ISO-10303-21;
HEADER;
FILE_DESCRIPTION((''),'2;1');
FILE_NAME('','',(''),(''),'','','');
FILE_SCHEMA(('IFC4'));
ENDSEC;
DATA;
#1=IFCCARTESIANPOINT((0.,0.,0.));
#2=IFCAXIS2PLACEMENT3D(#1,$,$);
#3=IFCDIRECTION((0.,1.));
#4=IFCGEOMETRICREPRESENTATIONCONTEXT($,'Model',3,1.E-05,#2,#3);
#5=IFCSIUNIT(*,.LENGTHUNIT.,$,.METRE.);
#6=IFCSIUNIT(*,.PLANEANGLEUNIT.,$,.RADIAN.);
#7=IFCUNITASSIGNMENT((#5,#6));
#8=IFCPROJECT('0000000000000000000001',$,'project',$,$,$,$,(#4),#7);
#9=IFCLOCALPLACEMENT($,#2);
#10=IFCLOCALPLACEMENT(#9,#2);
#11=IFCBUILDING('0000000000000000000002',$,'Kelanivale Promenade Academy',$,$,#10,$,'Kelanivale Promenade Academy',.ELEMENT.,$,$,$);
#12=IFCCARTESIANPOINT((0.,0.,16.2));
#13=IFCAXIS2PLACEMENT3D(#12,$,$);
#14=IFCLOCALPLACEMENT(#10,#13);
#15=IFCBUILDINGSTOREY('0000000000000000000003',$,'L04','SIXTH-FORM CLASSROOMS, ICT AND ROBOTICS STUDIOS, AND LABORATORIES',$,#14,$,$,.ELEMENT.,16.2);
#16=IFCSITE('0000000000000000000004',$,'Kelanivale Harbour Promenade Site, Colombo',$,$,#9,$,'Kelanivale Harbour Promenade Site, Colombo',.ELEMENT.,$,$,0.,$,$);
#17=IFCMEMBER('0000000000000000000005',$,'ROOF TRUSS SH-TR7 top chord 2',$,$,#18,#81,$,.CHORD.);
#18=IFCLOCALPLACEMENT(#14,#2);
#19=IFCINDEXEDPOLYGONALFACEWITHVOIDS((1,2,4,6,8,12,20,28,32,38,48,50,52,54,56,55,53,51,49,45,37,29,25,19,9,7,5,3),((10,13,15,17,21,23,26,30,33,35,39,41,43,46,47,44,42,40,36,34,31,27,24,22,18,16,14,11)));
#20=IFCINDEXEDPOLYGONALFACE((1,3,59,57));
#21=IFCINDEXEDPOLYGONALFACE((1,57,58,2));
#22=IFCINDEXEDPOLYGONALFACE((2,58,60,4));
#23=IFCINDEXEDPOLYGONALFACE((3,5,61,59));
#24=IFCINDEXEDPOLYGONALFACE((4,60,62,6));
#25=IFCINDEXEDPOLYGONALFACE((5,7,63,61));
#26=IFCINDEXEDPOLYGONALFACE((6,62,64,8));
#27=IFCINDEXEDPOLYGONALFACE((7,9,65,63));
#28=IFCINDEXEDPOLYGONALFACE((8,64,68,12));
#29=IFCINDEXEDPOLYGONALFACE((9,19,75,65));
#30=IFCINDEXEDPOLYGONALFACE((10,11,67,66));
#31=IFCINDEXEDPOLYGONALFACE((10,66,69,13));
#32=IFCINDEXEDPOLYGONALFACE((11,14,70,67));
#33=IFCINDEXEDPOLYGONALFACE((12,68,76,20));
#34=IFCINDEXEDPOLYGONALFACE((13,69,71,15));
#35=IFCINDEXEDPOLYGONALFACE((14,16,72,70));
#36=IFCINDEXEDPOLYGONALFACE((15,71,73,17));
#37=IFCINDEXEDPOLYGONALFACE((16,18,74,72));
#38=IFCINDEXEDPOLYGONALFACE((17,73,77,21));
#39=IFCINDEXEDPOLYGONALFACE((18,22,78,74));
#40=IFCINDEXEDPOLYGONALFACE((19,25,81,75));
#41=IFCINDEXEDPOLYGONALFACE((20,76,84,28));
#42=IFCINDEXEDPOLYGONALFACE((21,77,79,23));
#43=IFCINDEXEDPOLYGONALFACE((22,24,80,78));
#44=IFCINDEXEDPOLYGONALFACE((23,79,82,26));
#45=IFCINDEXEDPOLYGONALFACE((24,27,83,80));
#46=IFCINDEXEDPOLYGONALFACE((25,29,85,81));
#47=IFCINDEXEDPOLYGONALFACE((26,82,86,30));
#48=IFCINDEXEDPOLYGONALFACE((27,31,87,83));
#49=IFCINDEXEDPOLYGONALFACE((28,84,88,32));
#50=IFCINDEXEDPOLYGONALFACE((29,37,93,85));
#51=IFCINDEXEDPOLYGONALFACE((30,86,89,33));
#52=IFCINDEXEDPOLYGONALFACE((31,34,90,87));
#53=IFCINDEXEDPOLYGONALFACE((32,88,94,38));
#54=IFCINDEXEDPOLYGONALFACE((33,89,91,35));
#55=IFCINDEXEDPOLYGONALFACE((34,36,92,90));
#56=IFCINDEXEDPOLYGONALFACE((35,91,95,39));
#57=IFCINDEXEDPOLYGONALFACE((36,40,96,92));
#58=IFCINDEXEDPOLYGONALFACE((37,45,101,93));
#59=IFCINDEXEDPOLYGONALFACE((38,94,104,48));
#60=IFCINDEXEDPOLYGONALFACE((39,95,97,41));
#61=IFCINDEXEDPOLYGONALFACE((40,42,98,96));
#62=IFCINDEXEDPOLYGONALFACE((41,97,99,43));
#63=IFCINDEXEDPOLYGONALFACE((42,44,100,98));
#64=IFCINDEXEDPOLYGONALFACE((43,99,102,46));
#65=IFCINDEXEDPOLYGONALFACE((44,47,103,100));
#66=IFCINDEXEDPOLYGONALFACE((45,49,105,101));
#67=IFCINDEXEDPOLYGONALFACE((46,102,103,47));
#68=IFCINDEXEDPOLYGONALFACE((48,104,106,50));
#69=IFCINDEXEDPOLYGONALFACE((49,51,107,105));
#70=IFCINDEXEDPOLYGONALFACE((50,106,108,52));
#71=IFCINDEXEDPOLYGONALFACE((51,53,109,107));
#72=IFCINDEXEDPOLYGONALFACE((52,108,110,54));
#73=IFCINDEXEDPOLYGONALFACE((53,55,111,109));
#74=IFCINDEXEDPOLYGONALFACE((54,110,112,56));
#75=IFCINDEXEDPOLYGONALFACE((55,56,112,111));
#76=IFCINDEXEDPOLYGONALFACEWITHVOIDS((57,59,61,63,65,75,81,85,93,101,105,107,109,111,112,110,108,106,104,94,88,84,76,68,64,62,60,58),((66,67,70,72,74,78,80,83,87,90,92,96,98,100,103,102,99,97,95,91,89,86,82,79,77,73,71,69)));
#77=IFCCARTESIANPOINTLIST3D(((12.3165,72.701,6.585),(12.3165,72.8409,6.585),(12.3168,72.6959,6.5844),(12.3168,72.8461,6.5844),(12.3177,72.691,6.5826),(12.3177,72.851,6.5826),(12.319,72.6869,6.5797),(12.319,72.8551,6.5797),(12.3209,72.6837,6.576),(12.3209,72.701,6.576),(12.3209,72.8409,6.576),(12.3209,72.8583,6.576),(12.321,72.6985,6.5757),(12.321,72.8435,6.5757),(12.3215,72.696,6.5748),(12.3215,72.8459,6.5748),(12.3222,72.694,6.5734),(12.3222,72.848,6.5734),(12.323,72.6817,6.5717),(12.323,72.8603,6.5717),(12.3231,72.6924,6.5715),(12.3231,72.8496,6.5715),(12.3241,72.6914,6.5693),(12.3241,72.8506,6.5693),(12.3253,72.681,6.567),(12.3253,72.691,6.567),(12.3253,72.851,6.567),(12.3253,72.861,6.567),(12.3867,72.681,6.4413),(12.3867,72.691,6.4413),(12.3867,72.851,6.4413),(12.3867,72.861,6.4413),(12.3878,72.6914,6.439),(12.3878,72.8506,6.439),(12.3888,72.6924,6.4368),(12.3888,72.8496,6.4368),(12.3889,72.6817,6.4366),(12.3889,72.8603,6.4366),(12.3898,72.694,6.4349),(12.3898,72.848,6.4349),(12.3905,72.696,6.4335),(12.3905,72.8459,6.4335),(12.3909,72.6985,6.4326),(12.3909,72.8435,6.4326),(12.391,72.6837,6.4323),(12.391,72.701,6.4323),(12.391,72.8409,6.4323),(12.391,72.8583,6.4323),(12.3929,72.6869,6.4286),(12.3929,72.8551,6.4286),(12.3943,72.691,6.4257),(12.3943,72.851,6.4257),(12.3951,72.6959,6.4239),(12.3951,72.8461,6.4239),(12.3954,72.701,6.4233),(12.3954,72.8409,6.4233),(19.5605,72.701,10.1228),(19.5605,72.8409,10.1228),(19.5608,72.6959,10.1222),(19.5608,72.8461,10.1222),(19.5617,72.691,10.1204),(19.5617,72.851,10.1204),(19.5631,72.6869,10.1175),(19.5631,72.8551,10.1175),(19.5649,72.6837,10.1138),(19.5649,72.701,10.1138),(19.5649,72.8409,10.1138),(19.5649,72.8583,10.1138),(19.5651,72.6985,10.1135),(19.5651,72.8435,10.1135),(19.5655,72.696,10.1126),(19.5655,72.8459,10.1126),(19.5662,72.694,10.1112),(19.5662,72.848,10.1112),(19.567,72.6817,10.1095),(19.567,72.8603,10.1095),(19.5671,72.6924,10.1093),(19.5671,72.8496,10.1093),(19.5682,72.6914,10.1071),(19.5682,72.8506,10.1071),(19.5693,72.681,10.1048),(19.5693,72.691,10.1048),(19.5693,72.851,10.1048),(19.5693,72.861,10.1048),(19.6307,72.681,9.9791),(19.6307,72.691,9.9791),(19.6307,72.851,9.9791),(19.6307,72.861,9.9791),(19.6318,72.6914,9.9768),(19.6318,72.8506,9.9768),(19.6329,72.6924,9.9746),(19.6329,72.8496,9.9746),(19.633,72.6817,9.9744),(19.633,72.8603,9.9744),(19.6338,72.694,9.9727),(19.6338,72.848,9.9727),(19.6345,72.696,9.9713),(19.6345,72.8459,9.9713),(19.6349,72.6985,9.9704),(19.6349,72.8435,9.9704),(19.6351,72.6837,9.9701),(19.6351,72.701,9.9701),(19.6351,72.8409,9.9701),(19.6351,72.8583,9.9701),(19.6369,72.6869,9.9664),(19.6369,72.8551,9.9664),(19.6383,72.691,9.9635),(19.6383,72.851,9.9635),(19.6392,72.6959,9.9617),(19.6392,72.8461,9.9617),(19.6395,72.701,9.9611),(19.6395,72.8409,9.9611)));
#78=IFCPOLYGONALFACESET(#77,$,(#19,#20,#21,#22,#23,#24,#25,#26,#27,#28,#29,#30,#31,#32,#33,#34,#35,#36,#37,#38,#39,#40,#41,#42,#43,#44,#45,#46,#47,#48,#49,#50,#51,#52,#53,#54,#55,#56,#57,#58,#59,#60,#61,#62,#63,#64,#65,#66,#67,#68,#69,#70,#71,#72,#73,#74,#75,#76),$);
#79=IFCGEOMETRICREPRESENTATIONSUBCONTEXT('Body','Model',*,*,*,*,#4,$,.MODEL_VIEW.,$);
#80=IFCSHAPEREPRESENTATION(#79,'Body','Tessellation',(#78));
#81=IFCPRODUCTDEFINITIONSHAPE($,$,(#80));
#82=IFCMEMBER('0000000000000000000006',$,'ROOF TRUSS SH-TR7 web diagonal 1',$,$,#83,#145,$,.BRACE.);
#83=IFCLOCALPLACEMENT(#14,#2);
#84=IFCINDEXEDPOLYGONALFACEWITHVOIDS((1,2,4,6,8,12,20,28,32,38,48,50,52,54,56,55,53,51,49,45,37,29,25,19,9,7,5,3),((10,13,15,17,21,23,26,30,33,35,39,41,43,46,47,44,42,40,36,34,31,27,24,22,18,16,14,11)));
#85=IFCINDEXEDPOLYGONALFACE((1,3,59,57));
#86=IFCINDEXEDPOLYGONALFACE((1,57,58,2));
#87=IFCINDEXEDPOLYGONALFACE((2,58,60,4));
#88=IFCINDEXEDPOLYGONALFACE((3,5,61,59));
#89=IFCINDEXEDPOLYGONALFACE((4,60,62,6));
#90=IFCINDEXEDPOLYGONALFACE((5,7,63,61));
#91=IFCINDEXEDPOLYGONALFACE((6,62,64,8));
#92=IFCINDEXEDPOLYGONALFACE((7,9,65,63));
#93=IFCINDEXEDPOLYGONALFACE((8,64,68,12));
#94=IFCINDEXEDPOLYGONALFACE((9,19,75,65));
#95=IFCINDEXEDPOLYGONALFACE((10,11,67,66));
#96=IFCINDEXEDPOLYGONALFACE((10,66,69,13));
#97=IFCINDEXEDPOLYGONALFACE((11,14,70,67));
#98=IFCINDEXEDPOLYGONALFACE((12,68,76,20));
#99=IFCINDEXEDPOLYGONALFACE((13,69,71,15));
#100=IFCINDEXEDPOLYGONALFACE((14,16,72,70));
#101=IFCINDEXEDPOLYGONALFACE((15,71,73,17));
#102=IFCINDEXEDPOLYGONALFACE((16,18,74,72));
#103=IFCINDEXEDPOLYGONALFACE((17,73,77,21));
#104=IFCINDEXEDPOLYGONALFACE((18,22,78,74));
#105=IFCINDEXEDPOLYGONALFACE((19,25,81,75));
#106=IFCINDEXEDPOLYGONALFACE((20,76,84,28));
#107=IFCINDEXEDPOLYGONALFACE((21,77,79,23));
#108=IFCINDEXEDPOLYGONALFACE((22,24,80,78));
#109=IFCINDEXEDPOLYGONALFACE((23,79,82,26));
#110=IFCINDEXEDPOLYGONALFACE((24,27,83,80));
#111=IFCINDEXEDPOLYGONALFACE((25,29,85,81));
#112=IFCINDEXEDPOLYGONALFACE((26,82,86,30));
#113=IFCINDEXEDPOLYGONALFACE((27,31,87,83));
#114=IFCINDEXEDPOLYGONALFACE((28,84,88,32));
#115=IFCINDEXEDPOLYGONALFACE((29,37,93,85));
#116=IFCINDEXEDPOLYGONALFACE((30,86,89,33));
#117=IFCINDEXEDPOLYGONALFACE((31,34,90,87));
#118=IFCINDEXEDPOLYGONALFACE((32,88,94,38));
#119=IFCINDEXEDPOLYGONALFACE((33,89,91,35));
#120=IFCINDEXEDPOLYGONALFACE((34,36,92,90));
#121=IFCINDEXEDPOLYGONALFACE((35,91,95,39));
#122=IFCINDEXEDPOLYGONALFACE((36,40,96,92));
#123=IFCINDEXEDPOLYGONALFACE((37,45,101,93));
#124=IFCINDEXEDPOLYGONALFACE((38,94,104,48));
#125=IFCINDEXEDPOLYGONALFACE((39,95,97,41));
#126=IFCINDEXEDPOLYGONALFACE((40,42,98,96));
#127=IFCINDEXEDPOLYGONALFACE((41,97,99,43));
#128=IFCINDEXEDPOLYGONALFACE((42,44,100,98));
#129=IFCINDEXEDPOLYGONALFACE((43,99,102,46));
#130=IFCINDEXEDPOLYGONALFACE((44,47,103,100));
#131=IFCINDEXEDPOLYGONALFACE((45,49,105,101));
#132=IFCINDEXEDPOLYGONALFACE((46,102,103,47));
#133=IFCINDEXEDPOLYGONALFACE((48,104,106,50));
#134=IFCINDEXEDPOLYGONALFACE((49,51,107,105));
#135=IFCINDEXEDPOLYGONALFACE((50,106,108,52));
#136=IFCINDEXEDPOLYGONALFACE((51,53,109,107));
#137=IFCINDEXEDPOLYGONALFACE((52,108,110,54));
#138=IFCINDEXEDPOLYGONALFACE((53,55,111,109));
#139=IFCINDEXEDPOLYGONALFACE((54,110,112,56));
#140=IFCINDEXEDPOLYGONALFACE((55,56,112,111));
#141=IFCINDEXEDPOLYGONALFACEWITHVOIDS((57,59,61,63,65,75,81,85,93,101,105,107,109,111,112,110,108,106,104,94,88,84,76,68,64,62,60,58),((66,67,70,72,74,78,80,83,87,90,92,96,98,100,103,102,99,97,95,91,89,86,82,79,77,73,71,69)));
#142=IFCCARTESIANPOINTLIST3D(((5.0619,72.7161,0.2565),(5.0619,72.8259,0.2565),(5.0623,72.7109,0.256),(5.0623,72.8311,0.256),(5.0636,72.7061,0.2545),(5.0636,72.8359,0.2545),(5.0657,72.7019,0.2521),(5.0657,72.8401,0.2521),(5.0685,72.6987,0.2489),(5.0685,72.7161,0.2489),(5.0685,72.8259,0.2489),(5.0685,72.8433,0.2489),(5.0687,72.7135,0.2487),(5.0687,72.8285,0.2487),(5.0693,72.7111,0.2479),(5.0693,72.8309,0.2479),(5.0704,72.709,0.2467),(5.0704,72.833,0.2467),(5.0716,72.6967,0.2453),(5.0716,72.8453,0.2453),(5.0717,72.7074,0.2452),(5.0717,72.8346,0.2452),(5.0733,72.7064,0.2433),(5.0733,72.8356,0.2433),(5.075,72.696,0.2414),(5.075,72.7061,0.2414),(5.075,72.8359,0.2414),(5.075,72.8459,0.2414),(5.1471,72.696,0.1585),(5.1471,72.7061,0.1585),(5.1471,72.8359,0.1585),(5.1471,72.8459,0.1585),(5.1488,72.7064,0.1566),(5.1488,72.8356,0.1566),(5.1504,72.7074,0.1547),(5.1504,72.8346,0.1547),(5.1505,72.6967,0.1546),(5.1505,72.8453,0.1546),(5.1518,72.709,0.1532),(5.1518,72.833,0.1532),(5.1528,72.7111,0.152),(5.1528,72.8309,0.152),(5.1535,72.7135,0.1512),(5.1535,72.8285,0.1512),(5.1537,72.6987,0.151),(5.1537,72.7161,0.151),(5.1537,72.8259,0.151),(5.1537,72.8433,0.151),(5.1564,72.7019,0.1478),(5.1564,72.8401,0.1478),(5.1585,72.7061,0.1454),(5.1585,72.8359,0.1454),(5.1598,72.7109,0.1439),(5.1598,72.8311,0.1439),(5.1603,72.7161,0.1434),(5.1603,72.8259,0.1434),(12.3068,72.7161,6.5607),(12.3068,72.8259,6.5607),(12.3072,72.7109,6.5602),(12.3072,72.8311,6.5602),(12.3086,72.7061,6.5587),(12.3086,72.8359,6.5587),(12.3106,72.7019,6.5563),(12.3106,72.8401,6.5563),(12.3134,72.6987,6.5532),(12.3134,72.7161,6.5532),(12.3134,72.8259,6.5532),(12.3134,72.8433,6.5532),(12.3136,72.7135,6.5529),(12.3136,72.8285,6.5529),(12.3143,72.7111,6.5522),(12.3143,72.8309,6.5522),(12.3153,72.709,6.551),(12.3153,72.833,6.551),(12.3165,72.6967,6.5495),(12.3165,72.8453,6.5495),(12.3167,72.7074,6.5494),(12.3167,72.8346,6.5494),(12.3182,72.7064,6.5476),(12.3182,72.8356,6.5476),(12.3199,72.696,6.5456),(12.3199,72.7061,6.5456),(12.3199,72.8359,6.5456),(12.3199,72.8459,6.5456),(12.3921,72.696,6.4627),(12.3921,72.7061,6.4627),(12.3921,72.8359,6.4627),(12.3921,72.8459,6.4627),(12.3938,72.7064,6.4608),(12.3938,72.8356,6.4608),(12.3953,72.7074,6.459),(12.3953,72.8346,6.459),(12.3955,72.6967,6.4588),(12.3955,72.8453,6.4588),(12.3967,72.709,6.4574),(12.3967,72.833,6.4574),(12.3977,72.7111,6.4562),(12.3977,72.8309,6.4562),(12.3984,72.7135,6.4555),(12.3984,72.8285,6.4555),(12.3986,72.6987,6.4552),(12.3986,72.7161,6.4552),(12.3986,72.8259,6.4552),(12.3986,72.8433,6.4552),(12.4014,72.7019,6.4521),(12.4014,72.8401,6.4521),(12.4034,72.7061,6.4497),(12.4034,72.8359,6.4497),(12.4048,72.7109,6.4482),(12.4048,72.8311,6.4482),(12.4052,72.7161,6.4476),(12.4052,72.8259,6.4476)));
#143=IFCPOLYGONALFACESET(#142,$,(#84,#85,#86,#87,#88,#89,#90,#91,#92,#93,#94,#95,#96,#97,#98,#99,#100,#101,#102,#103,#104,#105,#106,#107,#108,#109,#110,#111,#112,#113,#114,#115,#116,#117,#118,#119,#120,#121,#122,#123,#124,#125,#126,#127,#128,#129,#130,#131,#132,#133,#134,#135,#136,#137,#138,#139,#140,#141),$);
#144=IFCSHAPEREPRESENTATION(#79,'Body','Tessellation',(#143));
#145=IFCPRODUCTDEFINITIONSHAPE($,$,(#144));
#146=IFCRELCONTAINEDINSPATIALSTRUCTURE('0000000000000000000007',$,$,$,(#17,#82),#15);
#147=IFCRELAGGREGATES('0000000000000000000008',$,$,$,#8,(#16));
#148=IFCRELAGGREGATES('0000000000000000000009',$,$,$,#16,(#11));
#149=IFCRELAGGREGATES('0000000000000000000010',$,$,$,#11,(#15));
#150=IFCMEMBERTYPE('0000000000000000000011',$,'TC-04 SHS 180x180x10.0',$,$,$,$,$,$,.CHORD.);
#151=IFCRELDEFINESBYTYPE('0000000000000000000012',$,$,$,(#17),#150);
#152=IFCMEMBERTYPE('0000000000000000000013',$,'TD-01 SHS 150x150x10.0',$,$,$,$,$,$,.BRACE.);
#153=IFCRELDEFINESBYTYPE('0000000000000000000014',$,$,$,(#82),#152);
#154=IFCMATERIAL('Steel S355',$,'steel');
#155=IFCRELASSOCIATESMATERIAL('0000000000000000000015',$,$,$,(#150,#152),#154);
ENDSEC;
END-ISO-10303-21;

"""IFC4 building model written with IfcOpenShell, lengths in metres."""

from ifc_helpers import new_model, si_unit, direction, frame, origin, origin_2d, place, context, subcontext, project, spatial, hollow_rectangle, extrude, material, material_profile, profile_set, type_object, element, save


model = new_model("IFC4")

# Units and contexts
model_context = context("Model", 3, precision=1e-05, world=origin(), true_north=direction((0.0, 1.0)))
body_context = subcontext(model_context, "Body", "Model", "MODEL_VIEW")
ifc_project = project(units=[si_unit("LENGTHUNIT", "METRE"), si_unit("PLANEANGLEUNIT", "RADIAN")], contexts=[model_context])

# Site, building, storey
site_placement = place(None, origin())
site = spatial("IfcSite", under=ifc_project, at=site_placement, Name="Kelanivale Harbour Promenade Site, Colombo", LongName="Kelanivale Harbour Promenade Site, Colombo", CompositionType="ELEMENT", RefElevation=0.0)
building_placement = place(site_placement, origin())
building = spatial("IfcBuilding", under=site, at=building_placement, Name="Kelanivale Promenade Academy", LongName="Kelanivale Promenade Academy", CompositionType="ELEMENT")
storey_placement = place(building_placement, frame((0.0, 0.0, 16.2)))
storey = spatial("IfcBuildingStorey", under=building, at=storey_placement, Name="L04", Description="SIXTH-FORM CLASSROOMS, ICT AND ROBOTICS STUDIOS, AND LABORATORIES", CompositionType="ELEMENT", Elevation=16.2)

# Shared definitions
ifc_material_1 = material(Name="Steel S355", Category="steel")

# Members
ifc_material_profile_1 = material_profile(ifc_material_1, hollow_rectangle(XDim=0.1799, YDim=0.1799, WallThickness=0.01, InnerFilletRadius=0.01, OuterFilletRadius=0.02, at=origin_2d()), Name="SHS 180x180x10.0")
ifc_profile_set_1 = profile_set([ifc_material_profile_1], Name="Steel S355")
member_type_1 = type_object("IfcMemberType", Name="TC-04 SHS 180x180x10.0", PredefinedType="CHORD", material=ifc_profile_set_1)
member_1_placement = place(storey_placement, frame((12.356, 72.771, 6.5042), z_axis=(0.898567, 0.0, 0.438836), x_axis=(0.0, 1.0, 0.0)))
element("IfcMember", 1, at=member_1_placement, inside=storey, type_object=member_type_1, Name="ROOF TRUSS SH-TR7 top chord 2", PredefinedType="CHORD", context=body_context, shape_type="SweptSolid", body=[
    extrude(hollow_rectangle(XDim=0.1799, YDim=0.1799, WallThickness=0.01, InnerFilletRadius=0.01, OuterFilletRadius=0.02, at=origin_2d()), origin(), (0.0, 0.0, 1.0), 8.0618),
])
ifc_material_profile_2 = material_profile(ifc_material_1, hollow_rectangle(XDim=0.1499, YDim=0.1499, WallThickness=0.01, InnerFilletRadius=0.01, OuterFilletRadius=0.02, at=origin_2d()), Name="SHS 150x150x10.0")
ifc_profile_set_2 = profile_set([ifc_material_profile_2], Name="Steel S355")
member_type_2 = type_object("IfcMemberType", Name="TD-01 SHS 150x150x10.0", PredefinedType="BRACE", material=ifc_profile_set_2)
member_2_placement = place(storey_placement, frame((5.1111, 72.771, 0.2), z_axis=(0.754383, 0.0, 0.656434), x_axis=(0.0, 1.0, 0.0)))
element("IfcMember", 2, at=member_2_placement, inside=storey, type_object=member_type_2, Name="ROOF TRUSS SH-TR7 web diagonal 1", PredefinedType="BRACE", context=body_context, shape_type="SweptSolid", body=[
    extrude(hollow_rectangle(XDim=0.1499, YDim=0.1499, WallThickness=0.01, InnerFilletRadius=0.01, OuterFilletRadius=0.02, at=origin_2d()), origin(), (0.0, 0.0, 1.0), 9.6038),
])

save(model, "model.ifc")
